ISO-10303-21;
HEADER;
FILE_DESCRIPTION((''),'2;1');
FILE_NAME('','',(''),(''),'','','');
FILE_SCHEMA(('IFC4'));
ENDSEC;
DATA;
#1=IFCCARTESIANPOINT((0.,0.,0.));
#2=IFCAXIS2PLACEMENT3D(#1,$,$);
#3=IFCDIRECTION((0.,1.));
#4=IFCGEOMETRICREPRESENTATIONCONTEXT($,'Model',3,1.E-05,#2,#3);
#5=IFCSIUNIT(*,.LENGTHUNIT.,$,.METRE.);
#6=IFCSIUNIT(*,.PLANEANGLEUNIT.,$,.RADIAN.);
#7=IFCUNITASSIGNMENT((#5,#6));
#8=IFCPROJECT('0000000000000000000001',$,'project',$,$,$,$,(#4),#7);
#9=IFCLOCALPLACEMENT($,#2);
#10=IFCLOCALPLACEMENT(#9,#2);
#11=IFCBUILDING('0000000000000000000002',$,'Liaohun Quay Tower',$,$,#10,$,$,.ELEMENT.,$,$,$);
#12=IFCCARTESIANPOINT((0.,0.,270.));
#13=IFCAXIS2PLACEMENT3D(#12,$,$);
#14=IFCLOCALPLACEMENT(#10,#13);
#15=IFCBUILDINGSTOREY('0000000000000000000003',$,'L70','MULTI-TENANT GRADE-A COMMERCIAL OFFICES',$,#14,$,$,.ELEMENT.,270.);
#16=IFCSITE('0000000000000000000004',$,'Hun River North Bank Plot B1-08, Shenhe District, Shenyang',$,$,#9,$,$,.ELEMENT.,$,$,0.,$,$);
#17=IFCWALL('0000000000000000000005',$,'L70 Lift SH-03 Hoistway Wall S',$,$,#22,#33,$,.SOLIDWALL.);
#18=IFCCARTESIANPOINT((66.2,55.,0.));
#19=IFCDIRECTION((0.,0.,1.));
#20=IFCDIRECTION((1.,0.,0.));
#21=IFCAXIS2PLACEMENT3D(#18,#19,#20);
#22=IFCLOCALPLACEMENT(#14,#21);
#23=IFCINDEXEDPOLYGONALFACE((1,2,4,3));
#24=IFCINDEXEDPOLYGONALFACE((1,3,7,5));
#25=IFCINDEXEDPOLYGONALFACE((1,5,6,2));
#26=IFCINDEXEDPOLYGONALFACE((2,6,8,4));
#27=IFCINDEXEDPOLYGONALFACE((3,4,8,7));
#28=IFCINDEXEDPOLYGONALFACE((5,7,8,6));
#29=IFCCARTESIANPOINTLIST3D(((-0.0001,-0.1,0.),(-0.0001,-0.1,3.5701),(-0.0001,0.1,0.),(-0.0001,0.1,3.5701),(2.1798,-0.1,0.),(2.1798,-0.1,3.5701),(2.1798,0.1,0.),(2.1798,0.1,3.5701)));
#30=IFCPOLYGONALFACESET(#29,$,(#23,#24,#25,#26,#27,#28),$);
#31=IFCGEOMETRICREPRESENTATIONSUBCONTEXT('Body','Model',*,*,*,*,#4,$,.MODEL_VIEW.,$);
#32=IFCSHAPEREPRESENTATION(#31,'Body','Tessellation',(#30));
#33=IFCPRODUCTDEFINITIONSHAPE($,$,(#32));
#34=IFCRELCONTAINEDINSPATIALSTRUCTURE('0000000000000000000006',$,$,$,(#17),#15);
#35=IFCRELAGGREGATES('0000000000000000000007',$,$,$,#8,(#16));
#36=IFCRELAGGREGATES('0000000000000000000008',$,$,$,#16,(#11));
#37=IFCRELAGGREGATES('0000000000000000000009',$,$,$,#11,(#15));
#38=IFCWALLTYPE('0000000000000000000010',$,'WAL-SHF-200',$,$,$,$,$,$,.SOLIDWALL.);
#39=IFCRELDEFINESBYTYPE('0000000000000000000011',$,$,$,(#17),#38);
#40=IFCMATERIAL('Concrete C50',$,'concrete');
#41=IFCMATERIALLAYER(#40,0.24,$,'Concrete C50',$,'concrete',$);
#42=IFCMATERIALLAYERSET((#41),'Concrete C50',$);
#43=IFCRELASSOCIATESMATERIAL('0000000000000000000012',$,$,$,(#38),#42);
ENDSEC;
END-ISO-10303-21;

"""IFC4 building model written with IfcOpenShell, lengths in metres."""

from ifc_helpers import new_model, si_unit, direction, frame, frame_2d, origin, place, context, subcontext, project, spatial, rectangle, extrude, material, layer, layer_set, type_object, element, save


model = new_model("IFC4")

# Units and contexts
model_context = context("Model", 3, precision=1e-05, world=origin(), true_north=direction((0.0, 1.0)))
body_context = subcontext(model_context, "Body", "Model", "MODEL_VIEW")
ifc_project = project(units=[si_unit("LENGTHUNIT", "METRE"), si_unit("PLANEANGLEUNIT", "RADIAN")], contexts=[model_context])

# Site, building, storey
site_placement = place(None, origin())
site = spatial("IfcSite", under=ifc_project, at=site_placement, Name="Hun River North Bank Plot B1-08, Shenhe District, Shenyang", CompositionType="ELEMENT", RefElevation=0.0)
building_placement = place(site_placement, origin())
building = spatial("IfcBuilding", under=site, at=building_placement, Name="Liaohun Quay Tower", CompositionType="ELEMENT")
storey_placement = place(building_placement, frame((0.0, 0.0, 270.0)))
storey = spatial("IfcBuildingStorey", under=building, at=storey_placement, Name="L70", Description="MULTI-TENANT GRADE-A COMMERCIAL OFFICES", CompositionType="ELEMENT", Elevation=270.0)

# Shared definitions
ifc_material_1 = material(Name="Concrete C50", Category="concrete")
ifc_layer_1 = layer(ifc_material_1, 0.24, Name="Concrete C50", Category="concrete")
ifc_layer_set_1 = layer_set([ifc_layer_1], Name="Concrete C50")
wall_type_1 = type_object("IfcWallType", Name="WAL-SHF-200", PredefinedType="SOLIDWALL", material=ifc_layer_set_1)

# Wall
wall_1_placement = place(storey_placement, frame((66.2, 55.0, 0.0), z_axis=(0.0, 0.0, 1.0), x_axis=(1.0, 0.0, 0.0)))
element("IfcWall", 1, at=wall_1_placement, inside=storey, type_object=wall_type_1, Name="L70 Lift SH-03 Hoistway Wall S", PredefinedType="SOLIDWALL", context=body_context, shape_type="SweptSolid", body=[
    extrude(rectangle(XDim=2.1799, YDim=0.2, at=frame_2d((1.0898, 0.0))), origin(), (0.0, 0.0, 1.0), 3.5701),
])

save(model, "model.ifc")
